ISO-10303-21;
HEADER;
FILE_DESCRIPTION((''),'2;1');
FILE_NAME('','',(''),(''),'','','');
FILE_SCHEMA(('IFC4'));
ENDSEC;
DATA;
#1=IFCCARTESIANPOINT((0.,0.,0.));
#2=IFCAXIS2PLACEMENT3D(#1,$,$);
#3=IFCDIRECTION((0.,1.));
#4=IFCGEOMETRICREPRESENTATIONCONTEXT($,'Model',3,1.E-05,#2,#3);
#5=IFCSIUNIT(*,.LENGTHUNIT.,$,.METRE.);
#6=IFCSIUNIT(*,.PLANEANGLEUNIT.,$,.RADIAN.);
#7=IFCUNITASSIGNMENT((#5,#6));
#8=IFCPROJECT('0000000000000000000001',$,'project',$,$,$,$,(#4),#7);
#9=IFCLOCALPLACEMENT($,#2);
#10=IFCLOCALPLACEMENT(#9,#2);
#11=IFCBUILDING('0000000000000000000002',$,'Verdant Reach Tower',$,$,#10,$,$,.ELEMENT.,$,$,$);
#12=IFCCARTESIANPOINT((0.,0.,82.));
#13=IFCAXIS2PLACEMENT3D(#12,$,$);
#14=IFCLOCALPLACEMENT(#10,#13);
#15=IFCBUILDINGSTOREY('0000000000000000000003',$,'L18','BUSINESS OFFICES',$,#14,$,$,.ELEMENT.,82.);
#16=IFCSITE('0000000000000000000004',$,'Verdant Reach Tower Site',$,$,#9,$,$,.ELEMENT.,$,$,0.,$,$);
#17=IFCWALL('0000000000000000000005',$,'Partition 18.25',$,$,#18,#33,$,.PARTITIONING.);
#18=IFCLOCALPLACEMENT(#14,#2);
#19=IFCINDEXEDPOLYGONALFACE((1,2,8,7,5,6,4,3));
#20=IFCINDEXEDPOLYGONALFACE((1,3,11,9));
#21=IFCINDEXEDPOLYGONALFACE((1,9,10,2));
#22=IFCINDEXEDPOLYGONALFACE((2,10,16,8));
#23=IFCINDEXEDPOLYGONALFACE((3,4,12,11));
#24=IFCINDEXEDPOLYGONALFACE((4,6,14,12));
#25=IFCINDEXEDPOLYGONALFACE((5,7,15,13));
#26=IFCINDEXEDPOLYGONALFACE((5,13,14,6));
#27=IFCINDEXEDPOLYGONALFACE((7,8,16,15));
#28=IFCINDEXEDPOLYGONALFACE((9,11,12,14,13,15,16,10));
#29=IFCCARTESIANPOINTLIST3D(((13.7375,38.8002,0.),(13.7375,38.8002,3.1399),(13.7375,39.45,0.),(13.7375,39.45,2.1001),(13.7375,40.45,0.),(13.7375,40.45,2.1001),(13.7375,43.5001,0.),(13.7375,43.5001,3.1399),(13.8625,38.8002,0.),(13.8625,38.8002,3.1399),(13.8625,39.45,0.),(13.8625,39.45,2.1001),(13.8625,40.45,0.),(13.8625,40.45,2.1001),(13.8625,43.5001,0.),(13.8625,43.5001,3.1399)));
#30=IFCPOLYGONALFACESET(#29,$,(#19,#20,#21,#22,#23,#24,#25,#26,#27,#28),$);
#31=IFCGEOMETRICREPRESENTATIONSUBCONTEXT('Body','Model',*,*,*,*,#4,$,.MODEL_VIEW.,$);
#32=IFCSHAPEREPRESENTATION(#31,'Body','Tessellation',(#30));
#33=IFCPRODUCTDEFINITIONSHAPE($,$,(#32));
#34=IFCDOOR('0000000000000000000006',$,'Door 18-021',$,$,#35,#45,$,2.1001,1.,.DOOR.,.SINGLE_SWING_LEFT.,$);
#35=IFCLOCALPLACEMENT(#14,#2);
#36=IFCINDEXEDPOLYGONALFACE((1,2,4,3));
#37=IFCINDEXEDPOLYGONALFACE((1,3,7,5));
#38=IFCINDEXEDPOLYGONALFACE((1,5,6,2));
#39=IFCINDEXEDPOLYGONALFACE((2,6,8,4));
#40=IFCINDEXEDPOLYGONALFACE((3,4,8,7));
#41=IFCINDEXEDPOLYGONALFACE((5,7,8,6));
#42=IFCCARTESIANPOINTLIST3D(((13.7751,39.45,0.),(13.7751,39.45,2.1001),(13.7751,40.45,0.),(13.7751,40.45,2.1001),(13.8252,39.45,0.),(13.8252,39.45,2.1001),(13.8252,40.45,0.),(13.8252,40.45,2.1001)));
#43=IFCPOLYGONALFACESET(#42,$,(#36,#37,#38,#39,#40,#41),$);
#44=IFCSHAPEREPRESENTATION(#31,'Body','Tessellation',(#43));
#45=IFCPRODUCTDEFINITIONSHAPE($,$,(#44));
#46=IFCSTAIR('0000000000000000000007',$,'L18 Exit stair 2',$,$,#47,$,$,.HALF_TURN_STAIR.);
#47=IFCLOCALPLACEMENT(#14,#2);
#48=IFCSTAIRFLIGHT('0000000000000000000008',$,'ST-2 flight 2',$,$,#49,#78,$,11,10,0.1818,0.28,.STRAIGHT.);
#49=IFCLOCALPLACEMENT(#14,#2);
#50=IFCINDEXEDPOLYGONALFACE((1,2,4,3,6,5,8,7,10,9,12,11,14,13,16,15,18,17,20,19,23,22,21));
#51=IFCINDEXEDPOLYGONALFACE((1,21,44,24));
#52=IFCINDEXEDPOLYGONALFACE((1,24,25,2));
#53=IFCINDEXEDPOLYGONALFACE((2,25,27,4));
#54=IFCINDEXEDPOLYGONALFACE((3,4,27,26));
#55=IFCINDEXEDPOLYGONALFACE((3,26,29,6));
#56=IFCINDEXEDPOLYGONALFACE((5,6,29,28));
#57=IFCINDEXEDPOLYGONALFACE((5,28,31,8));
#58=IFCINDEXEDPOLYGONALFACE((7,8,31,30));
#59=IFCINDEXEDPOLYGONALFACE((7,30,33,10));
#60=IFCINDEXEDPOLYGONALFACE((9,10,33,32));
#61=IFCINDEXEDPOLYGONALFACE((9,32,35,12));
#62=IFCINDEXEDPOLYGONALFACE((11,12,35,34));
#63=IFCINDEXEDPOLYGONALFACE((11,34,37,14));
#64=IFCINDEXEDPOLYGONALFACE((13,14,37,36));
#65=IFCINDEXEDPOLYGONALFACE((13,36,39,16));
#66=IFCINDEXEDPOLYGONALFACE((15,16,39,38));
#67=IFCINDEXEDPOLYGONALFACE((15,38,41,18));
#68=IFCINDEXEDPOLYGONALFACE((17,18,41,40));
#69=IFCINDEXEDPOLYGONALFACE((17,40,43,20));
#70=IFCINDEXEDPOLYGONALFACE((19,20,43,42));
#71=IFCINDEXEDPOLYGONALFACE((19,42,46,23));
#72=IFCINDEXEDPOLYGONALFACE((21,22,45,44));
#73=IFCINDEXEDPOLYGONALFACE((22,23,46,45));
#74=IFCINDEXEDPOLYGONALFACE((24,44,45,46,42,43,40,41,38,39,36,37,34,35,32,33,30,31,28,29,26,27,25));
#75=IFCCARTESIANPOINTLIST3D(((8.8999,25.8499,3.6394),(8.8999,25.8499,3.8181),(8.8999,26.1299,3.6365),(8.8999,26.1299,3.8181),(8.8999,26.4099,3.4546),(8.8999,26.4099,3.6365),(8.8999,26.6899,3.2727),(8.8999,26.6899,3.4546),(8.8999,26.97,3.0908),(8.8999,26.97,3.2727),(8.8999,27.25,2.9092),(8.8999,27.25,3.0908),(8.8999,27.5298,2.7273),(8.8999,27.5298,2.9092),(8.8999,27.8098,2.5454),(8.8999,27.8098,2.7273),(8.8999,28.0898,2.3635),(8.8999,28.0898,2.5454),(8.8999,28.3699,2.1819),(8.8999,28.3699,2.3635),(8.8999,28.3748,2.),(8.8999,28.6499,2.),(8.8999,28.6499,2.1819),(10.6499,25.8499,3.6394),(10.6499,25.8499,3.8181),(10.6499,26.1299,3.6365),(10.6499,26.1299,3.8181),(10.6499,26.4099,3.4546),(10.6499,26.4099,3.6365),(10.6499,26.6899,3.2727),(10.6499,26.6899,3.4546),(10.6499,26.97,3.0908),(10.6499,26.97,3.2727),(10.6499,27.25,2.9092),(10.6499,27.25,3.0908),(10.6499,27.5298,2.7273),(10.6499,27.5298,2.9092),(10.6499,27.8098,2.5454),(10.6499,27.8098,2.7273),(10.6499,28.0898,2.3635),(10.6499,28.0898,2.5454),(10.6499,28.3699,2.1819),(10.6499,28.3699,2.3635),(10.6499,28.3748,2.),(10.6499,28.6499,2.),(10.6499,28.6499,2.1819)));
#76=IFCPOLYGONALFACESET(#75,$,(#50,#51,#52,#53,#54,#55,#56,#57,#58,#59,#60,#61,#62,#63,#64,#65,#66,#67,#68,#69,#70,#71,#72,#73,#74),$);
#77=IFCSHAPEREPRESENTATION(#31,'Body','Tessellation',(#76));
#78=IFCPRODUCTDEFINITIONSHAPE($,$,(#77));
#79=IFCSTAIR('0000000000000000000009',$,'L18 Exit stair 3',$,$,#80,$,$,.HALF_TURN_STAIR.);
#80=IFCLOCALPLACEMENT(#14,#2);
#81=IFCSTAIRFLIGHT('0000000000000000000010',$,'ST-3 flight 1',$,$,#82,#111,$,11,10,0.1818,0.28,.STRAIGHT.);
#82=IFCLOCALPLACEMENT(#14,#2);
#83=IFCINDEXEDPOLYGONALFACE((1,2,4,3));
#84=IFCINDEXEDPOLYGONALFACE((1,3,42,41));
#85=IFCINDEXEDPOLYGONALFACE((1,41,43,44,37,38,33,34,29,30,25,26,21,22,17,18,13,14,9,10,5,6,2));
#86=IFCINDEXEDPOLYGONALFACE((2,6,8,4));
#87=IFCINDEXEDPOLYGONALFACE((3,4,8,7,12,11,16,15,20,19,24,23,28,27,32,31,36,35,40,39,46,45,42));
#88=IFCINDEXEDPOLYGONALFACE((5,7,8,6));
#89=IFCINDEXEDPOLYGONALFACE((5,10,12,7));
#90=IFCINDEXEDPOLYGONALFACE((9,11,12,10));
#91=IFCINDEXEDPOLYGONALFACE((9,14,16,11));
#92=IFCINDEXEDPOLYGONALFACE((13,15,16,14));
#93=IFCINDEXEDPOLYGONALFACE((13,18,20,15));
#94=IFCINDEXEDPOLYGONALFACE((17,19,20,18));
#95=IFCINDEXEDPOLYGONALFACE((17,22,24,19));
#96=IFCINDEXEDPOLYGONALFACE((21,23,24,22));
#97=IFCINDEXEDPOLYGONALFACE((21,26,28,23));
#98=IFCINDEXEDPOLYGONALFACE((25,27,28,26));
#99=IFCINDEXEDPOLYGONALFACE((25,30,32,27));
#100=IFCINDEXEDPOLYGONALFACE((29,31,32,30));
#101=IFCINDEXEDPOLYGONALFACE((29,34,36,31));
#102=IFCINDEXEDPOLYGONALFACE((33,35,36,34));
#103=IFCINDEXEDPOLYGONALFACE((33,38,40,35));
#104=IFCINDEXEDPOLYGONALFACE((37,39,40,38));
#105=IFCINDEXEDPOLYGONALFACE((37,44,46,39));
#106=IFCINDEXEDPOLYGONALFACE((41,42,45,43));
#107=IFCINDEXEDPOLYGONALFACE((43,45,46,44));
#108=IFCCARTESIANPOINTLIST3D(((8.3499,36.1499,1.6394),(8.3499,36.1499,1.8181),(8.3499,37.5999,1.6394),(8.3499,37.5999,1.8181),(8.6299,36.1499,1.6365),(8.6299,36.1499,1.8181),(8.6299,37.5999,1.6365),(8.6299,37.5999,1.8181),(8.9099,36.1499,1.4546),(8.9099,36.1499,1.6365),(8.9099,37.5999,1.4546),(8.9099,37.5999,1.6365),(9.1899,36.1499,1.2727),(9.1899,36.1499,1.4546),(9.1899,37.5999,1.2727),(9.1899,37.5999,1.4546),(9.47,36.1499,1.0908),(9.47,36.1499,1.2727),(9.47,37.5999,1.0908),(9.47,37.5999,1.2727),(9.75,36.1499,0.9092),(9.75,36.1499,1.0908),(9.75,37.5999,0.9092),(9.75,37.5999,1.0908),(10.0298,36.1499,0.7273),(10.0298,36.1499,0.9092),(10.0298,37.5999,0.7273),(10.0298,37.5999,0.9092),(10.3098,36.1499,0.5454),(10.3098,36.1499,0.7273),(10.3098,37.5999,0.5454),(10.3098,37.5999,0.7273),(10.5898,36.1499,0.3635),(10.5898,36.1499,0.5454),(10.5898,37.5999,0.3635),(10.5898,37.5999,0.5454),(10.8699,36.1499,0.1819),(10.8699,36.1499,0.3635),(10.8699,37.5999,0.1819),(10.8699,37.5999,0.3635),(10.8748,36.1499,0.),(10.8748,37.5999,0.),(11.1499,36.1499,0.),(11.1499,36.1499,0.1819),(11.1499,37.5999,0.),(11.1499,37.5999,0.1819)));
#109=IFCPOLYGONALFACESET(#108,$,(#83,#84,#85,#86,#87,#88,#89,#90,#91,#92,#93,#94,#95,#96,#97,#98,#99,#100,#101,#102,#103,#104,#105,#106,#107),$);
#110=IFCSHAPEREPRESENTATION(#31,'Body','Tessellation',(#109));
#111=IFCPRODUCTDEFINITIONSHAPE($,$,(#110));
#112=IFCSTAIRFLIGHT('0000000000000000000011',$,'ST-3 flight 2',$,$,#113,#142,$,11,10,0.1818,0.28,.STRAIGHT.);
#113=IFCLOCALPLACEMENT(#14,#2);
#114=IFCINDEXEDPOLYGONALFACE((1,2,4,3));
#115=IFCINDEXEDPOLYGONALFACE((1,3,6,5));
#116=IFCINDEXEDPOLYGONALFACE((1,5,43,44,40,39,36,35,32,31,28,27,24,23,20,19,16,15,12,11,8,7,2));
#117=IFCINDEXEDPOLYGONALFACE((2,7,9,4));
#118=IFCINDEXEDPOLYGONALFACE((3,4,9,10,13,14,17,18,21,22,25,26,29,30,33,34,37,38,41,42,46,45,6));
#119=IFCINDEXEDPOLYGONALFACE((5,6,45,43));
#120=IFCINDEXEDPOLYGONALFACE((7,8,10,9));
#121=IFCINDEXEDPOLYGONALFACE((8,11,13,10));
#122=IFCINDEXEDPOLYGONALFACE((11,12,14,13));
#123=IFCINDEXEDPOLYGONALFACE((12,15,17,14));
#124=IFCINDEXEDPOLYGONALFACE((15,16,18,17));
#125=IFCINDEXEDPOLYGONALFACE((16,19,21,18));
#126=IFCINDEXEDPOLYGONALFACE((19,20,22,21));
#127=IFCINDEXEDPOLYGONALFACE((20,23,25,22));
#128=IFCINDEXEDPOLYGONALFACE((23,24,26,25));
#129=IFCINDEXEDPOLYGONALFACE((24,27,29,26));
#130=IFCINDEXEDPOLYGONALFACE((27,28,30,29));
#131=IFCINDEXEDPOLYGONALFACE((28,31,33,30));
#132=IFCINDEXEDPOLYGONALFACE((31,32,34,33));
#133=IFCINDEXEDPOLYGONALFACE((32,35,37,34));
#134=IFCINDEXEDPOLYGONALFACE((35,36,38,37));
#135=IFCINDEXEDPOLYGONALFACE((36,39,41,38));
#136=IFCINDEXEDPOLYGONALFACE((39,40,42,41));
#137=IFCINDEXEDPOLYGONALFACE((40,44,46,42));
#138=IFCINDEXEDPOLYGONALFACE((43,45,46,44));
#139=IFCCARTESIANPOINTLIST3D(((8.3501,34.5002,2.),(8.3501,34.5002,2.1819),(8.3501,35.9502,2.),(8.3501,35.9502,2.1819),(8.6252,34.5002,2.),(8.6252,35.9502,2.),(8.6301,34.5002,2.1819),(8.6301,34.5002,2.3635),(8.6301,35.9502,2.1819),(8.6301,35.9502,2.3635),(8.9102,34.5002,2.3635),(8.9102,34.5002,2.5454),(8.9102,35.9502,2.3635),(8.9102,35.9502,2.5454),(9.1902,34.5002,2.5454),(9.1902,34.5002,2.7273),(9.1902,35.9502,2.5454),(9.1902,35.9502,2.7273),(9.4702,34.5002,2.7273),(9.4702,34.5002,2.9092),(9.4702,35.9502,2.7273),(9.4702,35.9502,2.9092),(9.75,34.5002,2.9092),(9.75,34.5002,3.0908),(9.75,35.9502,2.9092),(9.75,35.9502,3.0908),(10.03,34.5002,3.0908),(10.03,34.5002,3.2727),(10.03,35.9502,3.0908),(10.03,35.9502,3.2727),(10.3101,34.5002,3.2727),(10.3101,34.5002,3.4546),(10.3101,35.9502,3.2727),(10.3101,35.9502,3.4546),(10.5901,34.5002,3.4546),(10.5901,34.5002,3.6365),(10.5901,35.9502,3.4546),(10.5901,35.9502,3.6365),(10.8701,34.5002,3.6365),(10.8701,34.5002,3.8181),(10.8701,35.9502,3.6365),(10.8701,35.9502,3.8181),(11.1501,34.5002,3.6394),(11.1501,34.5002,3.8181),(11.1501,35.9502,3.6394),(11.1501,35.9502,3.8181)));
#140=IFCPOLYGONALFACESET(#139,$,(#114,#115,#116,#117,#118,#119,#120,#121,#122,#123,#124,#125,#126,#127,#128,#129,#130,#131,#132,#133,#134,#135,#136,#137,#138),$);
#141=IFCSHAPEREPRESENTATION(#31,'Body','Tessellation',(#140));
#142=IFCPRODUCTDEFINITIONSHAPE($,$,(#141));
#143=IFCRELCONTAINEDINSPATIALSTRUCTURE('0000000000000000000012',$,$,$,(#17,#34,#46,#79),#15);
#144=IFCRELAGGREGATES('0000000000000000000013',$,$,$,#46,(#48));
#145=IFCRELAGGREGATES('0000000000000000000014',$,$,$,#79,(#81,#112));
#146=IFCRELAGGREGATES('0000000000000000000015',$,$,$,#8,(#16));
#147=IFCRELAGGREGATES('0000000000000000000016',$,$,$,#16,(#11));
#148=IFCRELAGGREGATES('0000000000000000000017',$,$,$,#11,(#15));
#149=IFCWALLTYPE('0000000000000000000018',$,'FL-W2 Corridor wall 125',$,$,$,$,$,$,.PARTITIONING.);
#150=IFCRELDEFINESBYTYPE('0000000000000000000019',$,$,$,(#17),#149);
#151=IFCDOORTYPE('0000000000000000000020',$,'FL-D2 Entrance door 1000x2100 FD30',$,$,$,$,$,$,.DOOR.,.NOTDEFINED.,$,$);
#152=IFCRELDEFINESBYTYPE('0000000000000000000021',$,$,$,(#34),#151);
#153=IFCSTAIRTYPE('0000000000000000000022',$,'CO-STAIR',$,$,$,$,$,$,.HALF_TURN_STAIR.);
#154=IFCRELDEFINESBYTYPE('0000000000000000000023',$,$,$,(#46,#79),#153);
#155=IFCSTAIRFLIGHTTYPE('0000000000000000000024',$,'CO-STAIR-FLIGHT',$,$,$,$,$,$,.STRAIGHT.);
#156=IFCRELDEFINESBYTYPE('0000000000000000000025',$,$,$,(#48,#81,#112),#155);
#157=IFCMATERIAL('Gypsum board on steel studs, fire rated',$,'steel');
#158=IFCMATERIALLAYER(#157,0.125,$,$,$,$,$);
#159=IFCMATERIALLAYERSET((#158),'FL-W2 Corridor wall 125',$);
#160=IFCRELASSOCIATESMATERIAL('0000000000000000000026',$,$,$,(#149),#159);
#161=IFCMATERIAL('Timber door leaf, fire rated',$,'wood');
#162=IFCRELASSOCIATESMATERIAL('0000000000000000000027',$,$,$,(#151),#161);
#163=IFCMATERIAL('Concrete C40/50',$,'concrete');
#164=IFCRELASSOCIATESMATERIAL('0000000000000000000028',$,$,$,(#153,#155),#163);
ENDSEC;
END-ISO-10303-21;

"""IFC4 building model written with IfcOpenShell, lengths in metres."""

from ifc_helpers import new_model, si_unit, direction, frame, frame_2d, origin, place, context, subcontext, project, spatial, polyline, rectangle, outline, extrude, material, layer, layer_set, type_object, element, fill, aggregate, save


model = new_model("IFC4")

# Units and contexts
model_context = context("Model", 3, precision=1e-05, world=origin(), true_north=direction((0.0, 1.0)))
body_context = subcontext(model_context, "Body", "Model", "MODEL_VIEW")
ifc_project = project(units=[si_unit("LENGTHUNIT", "METRE"), si_unit("PLANEANGLEUNIT", "RADIAN")], contexts=[model_context])

# Site, building, storey
site_placement = place(None, origin())
site = spatial("IfcSite", under=ifc_project, at=site_placement, Name="Verdant Reach Tower Site", CompositionType="ELEMENT", RefElevation=0.0)
building_placement = place(site_placement, origin())
building = spatial("IfcBuilding", under=site, at=building_placement, Name="Verdant Reach Tower", CompositionType="ELEMENT")
storey_placement = place(building_placement, frame((0.0, 0.0, 82.0)))
storey = spatial("IfcBuildingStorey", under=building, at=storey_placement, Name="L18", Description="BUSINESS OFFICES", CompositionType="ELEMENT", Elevation=82.0)

# Shared definitions
ifc_material_1 = material(Name="Concrete C40/50", Category="concrete")

# Wall, opening, door
ifc_material_2 = material(Name="Gypsum board on steel studs, fire rated", Category="steel")
ifc_layer_1 = layer(ifc_material_2, 0.125)
ifc_layer_set_1 = layer_set([ifc_layer_1], Name="FL-W2 Corridor wall 125")
wall_type_1 = type_object("IfcWallType", Name="FL-W2 Corridor wall 125", PredefinedType="PARTITIONING", material=ifc_layer_set_1)
wall_1_placement = place(storey_placement, frame((13.8, 38.8, 0.0), z_axis=(0.0, 0.0, 1.0), x_axis=(0.0, 1.0, 0.0)))
wall_1 = element("IfcWall", 1, at=wall_1_placement, inside=storey, type_object=wall_type_1, Name="Partition 18.25", PredefinedType="PARTITIONING", context=body_context, shape_type="SweptSolid", body=[
    extrude(rectangle(XDim=4.7, YDim=0.125, at=frame_2d((2.3501, 0.0))), origin(), (0.0, 0.0, 1.0), 3.1399),
])
opening_1_placement = place(wall_1_placement, frame((0.6499, 0.0, 0.0)))
opening_1 = element("IfcOpeningElement", 2, at=opening_1_placement, cuts=wall_1, PredefinedType="OPENING", context=body_context, shape_type="SweptSolid", body=[
    extrude(rectangle(XDim=1.0, YDim=2.1001, at=frame_2d((0.5, 1.05))), frame((0.0, 0.0725, 0.0), z_axis=(0.0, -1.0, 0.0), x_axis=(1.0, 0.0, 0.0)), (0.0, 0.0, 1.0), 0.145),
])
ifc_material_3 = material(Name="Timber door leaf, fire rated", Category="wood")
door_type_1 = type_object("IfcDoorType", Name="FL-D2 Entrance door 1000x2100 FD30", OperationType="NOTDEFINED", PredefinedType="DOOR", material=ifc_material_3)
door_1_placement = place(opening_1_placement, origin())
door_1 = element("IfcDoor", 3, at=door_1_placement, inside=storey, type_object=door_type_1, Name="Door 18-021", OperationType="SINGLE_SWING_LEFT", OverallHeight=2.1001, OverallWidth=1.0, PredefinedType="DOOR", context=body_context, shape_type="SweptSolid", body=[
    extrude(rectangle(XDim=1.0, YDim=2.1001, at=frame_2d((0.5, 1.05))), frame((0.0, 0.0249, 0.0), z_axis=(0.0, -1.0, 0.0), x_axis=(1.0, 0.0, 0.0)), (0.0, 0.0, 1.0), 0.05),
])
fill(opening_1, door_1)

# Stair, stair flight
stair_type = type_object("IfcStairType", Name="CO-STAIR", PredefinedType="HALF_TURN_STAIR", material=ifc_material_1)
stair_1_placement = place(storey_placement, origin())
stair_1 = element("IfcStair", 4, at=stair_1_placement, inside=storey, type_object=stair_type, Name="L18 Exit stair 2", PredefinedType="HALF_TURN_STAIR")
stair_flight_type = type_object("IfcStairFlightType", Name="CO-STAIR-FLIGHT", PredefinedType="STRAIGHT", material=ifc_material_1)
stair_flight_1_placement = place(storey_placement, frame((9.7749, 28.6499, 2.0), z_axis=(0.0, 0.0, 1.0), x_axis=(0.0, -1.0, 0.0)))
stair_flight_1 = element("IfcStairFlight", 5, at=stair_flight_1_placement, type_object=stair_flight_type, Name="ST-2 flight 2", NumberOfRisers=11, NumberOfTreads=10, PredefinedType="STRAIGHT", RiserHeight=0.1818, TreadLength=0.28, context=body_context, shape_type="SweptSolid", body=[
    extrude(outline(polyline([(0.0, 0.0), (0.0, 0.1819), (0.28, 0.1819), (0.28, 0.3635), (0.5601, 0.3635), (0.5601, 0.5454), (0.8401, 0.5454), (0.8401, 0.7273), (1.1201, 0.7273), (1.1201, 0.9092), (1.3999, 0.9092), (1.3999, 1.0908), (1.6799, 1.0908), (1.6799, 1.2727), (1.96, 1.2727), (1.96, 1.4546), (2.24, 1.4546), (2.24, 1.6365), (2.52, 1.6365), (2.52, 1.8181), (2.8, 1.8181), (2.8, 2.0), (2.8, 1.6394), (0.2751, 0.0), (0.0, 0.0)])), frame((0.0, 0.875, 0.0), z_axis=(0.0, -1.0, 0.0), x_axis=(1.0, 0.0, 0.0)), (0.0, 0.0, 1.0), 1.75),
])
aggregate(stair_1, [stair_flight_1])

# Stair, stair flights
stair_2_placement = place(storey_placement, origin())
stair_2 = element("IfcStair", 6, at=stair_2_placement, inside=storey, type_object=stair_type, Name="L18 Exit stair 3", PredefinedType="HALF_TURN_STAIR")
stair_flight_2_placement = place(storey_placement, frame((11.1499, 36.875, 0.0), z_axis=(0.0, 0.0, 1.0), x_axis=(-1.0, 0.0, 0.0)))
stair_flight_2 = element("IfcStairFlight", 7, at=stair_flight_2_placement, type_object=stair_flight_type, Name="ST-3 flight 1", NumberOfRisers=11, NumberOfTreads=10, PredefinedType="STRAIGHT", RiserHeight=0.1818, TreadLength=0.28, context=body_context, shape_type="SweptSolid", body=[
    extrude(outline(polyline([(0.0, 0.0), (0.0, 0.1819), (0.28, 0.1819), (0.28, 0.3635), (0.5601, 0.3635), (0.5601, 0.5454), (0.8401, 0.5454), (0.8401, 0.7273), (1.1201, 0.7273), (1.1201, 0.9092), (1.3999, 0.9092), (1.3999, 1.0908), (1.6799, 1.0908), (1.6799, 1.2727), (1.96, 1.2727), (1.96, 1.4546), (2.24, 1.4546), (2.24, 1.6365), (2.52, 1.6365), (2.52, 1.8181), (2.8, 1.8181), (2.8, 2.0), (2.8, 1.6394), (0.2751, 0.0), (0.0, 0.0)])), frame((0.0, 0.7251, 0.0), z_axis=(0.0, -1.0, 0.0), x_axis=(1.0, 0.0, 0.0)), (0.0, 0.0, 1.0), 1.45),
])
stair_flight_3_placement = place(storey_placement, frame((8.3501, 35.2251, 2.0), z_axis=(0.0, 0.0, 1.0), x_axis=(1.0, 0.0, 0.0)))
stair_flight_3 = element("IfcStairFlight", 8, at=stair_flight_3_placement, type_object=stair_flight_type, Name="ST-3 flight 2", NumberOfRisers=11, NumberOfTreads=10, PredefinedType="STRAIGHT", RiserHeight=0.1818, TreadLength=0.28, context=body_context, shape_type="SweptSolid", body=[
    extrude(outline(polyline([(0.0, 0.0), (0.0, 0.1819), (0.28, 0.1819), (0.28, 0.3635), (0.5601, 0.3635), (0.5601, 0.5454), (0.8401, 0.5454), (0.8401, 0.7273), (1.1201, 0.7273), (1.1201, 0.9092), (1.3999, 0.9092), (1.3999, 1.0908), (1.6799, 1.0908), (1.6799, 1.2727), (1.96, 1.2727), (1.96, 1.4546), (2.24, 1.4546), (2.24, 1.6365), (2.52, 1.6365), (2.52, 1.8181), (2.8, 1.8181), (2.8, 2.0), (2.8, 1.6394), (0.2751, 0.0), (0.0, 0.0)])), frame((0.0, 0.7251, 0.0), z_axis=(0.0, -1.0, 0.0), x_axis=(1.0, 0.0, 0.0)), (0.0, 0.0, 1.0), 1.45),
])
aggregate(stair_2, [stair_flight_2, stair_flight_3])

save(model, "model.ifc")
